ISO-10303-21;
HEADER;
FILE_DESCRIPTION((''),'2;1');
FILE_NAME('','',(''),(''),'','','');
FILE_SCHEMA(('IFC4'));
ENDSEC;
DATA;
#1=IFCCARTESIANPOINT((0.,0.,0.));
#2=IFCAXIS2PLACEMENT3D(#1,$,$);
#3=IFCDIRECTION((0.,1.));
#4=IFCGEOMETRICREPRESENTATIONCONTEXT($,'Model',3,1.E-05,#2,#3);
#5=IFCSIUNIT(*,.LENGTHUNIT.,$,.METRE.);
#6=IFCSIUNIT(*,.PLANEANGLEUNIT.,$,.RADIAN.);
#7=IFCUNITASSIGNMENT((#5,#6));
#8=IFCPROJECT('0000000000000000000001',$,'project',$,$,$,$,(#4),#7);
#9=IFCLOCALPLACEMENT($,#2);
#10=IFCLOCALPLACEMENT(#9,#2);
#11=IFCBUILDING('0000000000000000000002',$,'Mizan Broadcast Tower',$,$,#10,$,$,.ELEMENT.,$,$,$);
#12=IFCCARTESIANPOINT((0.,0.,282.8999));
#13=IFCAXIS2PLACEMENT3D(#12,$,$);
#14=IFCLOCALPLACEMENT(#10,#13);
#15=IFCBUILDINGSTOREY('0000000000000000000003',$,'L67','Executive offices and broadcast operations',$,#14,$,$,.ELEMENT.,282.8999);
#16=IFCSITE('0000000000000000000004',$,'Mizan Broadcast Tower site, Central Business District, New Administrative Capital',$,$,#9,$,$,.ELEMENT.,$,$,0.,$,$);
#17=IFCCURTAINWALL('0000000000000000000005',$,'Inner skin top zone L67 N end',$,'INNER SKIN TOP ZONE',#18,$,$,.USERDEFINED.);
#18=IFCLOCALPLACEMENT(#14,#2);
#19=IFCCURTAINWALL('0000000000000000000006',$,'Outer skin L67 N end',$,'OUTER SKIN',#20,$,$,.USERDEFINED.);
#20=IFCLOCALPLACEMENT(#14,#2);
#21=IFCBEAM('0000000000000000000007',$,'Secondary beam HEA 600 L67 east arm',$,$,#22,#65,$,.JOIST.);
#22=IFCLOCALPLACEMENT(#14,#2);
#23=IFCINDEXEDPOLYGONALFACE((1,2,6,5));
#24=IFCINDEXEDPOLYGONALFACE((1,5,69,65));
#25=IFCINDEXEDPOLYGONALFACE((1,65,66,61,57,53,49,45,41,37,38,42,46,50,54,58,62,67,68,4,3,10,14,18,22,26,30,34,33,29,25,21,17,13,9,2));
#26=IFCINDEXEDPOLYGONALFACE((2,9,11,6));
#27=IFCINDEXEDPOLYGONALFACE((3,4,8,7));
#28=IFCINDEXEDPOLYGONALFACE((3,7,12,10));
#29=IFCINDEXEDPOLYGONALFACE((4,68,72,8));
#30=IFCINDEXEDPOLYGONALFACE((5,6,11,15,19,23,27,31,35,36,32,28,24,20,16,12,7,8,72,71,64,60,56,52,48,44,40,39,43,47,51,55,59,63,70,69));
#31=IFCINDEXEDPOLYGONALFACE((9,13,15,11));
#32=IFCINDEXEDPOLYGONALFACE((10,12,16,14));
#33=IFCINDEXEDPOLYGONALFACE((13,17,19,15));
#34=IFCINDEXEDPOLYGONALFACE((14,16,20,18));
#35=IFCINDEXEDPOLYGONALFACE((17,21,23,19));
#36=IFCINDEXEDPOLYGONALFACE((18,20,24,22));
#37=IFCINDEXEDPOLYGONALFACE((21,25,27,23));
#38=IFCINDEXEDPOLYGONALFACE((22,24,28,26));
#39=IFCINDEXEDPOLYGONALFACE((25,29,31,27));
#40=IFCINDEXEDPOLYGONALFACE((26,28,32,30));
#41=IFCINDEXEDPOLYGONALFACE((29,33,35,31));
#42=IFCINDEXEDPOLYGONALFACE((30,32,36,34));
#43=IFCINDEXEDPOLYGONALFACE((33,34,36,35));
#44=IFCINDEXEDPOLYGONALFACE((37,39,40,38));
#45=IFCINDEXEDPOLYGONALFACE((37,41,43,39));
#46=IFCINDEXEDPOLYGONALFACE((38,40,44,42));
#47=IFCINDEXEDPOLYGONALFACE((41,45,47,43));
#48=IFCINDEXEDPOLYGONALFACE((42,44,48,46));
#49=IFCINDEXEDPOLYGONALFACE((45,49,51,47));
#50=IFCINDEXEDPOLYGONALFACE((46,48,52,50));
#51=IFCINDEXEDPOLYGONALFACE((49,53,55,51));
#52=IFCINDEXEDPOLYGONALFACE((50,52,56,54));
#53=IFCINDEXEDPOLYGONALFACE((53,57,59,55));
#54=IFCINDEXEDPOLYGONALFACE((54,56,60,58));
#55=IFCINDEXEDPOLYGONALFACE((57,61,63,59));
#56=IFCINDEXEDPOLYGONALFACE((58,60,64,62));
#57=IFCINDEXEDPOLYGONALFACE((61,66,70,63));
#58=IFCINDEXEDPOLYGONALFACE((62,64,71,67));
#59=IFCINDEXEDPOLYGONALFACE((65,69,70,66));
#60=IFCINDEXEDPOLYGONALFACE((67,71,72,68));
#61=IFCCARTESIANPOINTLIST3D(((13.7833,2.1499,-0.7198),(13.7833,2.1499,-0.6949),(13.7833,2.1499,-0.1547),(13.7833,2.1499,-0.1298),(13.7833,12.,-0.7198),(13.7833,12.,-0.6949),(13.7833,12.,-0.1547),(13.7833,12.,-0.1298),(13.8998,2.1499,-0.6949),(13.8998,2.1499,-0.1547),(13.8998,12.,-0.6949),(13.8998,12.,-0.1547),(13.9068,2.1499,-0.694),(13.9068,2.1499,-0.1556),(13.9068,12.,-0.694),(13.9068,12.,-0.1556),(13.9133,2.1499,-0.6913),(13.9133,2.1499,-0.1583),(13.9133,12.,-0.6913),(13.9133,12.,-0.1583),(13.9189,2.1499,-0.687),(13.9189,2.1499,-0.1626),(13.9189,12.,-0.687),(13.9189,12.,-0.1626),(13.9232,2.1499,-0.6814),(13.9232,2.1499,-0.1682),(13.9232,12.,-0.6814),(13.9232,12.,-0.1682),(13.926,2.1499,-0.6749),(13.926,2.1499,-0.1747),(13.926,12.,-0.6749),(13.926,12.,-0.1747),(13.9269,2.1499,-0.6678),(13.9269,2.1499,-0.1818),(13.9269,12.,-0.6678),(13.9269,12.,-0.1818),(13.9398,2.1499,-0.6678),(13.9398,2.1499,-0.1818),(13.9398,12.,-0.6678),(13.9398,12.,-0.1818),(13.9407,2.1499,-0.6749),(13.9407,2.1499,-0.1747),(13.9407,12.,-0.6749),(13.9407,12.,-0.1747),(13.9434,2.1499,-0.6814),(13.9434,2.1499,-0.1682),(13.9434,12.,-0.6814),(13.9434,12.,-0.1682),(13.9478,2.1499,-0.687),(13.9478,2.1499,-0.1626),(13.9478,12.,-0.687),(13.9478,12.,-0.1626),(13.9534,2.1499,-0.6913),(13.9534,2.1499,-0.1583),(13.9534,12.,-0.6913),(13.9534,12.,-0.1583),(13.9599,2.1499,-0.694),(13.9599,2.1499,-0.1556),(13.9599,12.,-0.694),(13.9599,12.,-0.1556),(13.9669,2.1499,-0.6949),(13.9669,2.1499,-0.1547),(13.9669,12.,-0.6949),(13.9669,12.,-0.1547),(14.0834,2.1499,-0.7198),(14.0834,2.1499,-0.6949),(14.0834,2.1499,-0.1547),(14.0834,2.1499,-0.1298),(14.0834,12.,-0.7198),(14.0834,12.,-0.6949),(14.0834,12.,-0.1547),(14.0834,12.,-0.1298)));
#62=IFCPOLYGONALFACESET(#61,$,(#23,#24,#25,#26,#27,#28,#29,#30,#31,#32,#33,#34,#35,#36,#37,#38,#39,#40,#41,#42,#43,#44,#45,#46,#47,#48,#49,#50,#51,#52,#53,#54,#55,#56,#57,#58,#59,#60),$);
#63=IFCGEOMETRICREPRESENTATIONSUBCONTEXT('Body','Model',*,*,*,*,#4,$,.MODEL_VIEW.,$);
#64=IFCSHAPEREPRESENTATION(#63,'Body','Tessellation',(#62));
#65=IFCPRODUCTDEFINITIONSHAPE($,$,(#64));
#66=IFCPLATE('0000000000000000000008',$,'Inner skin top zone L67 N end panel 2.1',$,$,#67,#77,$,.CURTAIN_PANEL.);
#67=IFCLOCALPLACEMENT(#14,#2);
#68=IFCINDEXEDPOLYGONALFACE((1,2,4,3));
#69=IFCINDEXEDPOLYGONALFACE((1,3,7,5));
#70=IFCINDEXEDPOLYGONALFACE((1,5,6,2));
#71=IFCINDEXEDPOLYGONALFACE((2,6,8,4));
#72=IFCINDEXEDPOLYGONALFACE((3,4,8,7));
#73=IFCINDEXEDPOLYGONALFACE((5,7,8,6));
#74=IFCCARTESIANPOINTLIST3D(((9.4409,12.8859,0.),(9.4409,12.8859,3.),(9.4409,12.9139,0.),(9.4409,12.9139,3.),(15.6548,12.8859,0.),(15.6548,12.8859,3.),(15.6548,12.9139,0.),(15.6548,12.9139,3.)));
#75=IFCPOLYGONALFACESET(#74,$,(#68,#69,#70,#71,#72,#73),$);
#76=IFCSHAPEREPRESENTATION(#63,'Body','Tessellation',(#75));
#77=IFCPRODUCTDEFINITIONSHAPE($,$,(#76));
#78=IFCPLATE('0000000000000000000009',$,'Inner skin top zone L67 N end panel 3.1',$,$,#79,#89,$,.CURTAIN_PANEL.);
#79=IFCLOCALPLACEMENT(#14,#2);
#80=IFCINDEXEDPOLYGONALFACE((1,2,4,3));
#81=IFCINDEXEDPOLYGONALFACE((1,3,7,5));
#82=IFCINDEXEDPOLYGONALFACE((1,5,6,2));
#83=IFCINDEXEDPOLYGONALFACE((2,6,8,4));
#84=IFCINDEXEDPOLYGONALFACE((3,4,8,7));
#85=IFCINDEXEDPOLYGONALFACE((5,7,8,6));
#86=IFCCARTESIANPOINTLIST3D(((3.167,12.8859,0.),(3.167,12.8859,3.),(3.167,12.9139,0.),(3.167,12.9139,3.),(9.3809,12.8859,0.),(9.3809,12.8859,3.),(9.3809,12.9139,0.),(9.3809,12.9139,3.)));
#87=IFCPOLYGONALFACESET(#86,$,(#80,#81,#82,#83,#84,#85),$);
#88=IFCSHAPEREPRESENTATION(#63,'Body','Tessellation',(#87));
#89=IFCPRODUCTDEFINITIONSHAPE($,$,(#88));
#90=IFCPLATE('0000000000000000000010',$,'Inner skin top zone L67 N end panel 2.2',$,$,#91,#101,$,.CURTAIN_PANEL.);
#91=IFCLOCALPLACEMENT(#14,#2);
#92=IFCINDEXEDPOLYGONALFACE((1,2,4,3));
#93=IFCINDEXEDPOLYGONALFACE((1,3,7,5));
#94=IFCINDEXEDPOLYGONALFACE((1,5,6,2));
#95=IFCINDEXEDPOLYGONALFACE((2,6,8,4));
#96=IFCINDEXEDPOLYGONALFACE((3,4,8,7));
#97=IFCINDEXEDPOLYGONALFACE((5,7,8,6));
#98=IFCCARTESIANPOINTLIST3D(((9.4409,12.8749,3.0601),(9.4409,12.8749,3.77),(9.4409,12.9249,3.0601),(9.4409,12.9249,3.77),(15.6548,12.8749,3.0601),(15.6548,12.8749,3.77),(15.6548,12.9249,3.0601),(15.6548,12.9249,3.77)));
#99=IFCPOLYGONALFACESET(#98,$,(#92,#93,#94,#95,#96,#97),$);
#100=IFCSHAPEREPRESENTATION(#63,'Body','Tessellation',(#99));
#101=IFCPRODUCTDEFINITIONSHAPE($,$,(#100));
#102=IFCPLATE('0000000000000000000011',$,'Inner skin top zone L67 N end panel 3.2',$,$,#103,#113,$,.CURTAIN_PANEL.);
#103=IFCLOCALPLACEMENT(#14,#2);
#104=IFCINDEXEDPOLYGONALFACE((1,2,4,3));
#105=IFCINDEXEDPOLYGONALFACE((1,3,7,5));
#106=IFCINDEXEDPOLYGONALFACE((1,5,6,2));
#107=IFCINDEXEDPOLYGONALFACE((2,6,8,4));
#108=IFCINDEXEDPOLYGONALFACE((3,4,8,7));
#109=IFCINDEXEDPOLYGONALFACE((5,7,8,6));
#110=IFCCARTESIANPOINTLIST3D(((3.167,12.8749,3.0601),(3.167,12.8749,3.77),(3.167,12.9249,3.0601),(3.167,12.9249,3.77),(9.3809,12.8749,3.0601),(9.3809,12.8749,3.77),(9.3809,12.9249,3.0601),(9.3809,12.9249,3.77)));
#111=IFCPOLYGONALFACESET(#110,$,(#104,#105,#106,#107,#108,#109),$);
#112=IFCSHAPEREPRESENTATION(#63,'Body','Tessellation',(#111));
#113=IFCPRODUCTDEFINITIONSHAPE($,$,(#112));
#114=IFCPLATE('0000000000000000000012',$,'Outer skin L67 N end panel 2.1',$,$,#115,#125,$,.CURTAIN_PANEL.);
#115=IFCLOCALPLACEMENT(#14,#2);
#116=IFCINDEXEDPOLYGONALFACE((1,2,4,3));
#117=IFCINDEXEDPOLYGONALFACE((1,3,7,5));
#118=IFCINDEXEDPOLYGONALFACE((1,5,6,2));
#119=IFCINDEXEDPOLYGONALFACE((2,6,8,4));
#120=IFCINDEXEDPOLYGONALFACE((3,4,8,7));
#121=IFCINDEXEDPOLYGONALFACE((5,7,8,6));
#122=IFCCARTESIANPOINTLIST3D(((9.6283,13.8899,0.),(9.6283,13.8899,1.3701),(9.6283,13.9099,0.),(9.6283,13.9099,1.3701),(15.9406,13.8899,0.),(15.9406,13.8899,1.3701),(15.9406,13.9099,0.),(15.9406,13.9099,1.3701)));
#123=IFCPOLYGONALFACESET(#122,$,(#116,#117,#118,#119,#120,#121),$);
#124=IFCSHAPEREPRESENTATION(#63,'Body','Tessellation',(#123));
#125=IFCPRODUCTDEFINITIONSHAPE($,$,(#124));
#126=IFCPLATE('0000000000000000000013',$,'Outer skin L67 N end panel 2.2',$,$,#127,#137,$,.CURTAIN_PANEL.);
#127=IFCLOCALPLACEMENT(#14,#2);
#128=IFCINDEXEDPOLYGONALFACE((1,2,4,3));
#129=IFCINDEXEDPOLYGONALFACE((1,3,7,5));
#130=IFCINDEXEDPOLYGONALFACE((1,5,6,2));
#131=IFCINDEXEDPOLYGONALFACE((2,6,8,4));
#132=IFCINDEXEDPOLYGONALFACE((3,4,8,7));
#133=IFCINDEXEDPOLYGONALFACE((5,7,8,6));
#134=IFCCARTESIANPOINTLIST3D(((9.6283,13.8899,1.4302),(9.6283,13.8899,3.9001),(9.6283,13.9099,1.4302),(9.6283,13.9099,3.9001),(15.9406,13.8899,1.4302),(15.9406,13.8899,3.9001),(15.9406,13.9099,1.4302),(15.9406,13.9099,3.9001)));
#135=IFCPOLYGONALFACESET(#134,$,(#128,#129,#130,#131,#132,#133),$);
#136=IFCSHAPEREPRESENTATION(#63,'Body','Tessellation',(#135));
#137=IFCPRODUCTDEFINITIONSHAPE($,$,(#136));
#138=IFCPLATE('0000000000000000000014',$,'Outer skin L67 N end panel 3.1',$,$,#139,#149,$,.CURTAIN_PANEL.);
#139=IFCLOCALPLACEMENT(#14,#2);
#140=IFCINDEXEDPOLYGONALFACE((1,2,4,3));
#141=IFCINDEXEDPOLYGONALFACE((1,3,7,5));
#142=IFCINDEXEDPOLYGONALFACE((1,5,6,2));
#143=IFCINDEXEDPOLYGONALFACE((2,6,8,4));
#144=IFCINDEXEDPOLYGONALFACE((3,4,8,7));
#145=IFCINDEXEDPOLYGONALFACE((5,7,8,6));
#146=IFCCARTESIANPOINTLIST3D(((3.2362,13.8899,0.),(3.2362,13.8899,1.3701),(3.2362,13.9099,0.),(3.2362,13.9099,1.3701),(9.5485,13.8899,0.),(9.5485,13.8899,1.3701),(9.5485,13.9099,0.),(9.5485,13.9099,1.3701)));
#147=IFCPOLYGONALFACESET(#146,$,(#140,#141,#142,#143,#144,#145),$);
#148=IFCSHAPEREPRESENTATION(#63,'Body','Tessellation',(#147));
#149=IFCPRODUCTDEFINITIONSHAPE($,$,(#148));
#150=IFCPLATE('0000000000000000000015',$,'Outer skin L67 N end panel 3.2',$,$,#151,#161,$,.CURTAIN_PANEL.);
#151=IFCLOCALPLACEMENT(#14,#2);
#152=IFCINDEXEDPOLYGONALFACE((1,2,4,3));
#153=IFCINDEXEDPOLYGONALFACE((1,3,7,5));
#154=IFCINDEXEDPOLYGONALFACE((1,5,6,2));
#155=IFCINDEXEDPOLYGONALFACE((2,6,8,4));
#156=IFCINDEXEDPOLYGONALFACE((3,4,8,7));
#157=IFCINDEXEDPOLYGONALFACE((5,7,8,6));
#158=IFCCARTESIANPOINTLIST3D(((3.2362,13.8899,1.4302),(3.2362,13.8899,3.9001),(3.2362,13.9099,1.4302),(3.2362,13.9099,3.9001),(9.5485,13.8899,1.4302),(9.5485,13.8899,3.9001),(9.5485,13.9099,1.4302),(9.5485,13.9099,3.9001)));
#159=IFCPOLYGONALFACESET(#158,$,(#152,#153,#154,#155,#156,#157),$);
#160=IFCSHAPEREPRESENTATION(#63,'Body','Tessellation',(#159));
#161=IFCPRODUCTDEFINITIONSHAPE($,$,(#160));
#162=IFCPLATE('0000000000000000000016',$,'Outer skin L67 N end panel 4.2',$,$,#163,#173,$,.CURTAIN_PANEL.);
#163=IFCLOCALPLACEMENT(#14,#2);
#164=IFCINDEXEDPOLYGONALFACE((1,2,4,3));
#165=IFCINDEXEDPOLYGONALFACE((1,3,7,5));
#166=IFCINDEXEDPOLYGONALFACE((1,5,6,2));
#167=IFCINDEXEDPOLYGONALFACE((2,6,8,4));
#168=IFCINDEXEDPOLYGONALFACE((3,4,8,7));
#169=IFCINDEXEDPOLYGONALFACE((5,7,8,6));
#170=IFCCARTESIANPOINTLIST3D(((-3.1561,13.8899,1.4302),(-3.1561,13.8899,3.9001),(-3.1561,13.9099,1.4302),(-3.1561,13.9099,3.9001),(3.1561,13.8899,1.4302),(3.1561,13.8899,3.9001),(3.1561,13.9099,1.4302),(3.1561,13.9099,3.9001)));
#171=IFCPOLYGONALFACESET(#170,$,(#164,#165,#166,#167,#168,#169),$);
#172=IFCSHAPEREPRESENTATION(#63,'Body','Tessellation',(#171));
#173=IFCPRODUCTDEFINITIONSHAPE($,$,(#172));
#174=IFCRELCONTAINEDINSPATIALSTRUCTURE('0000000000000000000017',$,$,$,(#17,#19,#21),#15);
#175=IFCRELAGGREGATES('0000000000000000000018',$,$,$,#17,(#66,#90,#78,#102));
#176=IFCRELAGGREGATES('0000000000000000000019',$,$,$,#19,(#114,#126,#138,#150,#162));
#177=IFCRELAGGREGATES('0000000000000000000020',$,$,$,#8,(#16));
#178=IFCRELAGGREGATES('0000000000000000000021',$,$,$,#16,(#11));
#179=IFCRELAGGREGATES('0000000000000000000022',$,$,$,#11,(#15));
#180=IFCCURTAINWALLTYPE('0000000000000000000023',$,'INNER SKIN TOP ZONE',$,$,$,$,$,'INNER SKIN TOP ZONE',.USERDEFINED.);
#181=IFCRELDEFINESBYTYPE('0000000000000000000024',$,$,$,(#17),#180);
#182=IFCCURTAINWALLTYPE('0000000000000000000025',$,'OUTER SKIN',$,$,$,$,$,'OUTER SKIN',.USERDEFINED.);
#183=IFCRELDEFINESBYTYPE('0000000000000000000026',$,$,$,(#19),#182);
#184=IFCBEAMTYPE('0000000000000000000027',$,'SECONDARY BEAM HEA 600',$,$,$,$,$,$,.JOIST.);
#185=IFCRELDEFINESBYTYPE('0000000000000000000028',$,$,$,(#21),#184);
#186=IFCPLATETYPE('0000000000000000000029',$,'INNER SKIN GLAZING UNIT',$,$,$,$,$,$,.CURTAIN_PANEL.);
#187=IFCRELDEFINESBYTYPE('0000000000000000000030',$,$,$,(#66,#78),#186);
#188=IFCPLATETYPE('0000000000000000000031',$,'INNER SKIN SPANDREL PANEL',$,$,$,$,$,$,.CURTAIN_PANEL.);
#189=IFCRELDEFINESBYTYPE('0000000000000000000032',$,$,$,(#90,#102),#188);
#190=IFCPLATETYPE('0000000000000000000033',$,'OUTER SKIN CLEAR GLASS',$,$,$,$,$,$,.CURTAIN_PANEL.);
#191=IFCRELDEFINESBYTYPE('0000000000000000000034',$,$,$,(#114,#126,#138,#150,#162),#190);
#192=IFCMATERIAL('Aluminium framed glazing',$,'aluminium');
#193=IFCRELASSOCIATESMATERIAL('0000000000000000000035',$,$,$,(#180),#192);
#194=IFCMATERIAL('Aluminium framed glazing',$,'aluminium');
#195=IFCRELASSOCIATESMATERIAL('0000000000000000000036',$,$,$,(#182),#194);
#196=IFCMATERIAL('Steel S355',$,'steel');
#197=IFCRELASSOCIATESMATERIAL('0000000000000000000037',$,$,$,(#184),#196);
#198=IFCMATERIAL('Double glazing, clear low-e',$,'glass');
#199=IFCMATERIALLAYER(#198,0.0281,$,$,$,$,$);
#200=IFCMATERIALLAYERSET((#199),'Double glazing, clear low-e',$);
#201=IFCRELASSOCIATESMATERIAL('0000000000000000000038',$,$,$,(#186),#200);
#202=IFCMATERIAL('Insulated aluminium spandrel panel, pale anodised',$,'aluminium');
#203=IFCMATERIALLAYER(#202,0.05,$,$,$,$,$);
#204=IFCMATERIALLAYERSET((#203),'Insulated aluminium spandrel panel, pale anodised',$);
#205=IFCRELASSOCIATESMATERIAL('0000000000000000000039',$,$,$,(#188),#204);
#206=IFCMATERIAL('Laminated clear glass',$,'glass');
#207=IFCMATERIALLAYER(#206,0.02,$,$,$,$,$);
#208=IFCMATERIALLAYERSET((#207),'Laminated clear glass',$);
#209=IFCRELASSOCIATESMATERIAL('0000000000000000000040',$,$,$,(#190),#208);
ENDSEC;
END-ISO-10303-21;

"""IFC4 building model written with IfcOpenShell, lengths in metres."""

from ifc_helpers import new_model, si_unit, direction, frame, origin, origin_2d, place, context, subcontext, project, spatial, rectangle, i_section, extrude, material, layer, layer_set, material_profile, profile_set, type_object, element, aggregate, save


model = new_model("IFC4")

# Units and contexts
model_context = context("Model", 3, precision=1e-05, world=origin(), true_north=direction((0.0, 1.0)))
body_context = subcontext(model_context, "Body", "Model", "MODEL_VIEW")
ifc_project = project(units=[si_unit("LENGTHUNIT", "METRE"), si_unit("PLANEANGLEUNIT", "RADIAN")], contexts=[model_context])

# Site, building, storey
site_placement = place(None, origin())
site = spatial("IfcSite", under=ifc_project, at=site_placement, Name="Mizan Broadcast Tower site, Central Business District, New Administrative Capital", CompositionType="ELEMENT", RefElevation=0.0)
building_placement = place(site_placement, origin())
building = spatial("IfcBuilding", under=site, at=building_placement, Name="Mizan Broadcast Tower", CompositionType="ELEMENT")
storey_placement = place(building_placement, frame((0.0, 0.0, 282.8999)))
storey = spatial("IfcBuildingStorey", under=building, at=storey_placement, Name="L67", Description="Executive offices and broadcast operations", CompositionType="ELEMENT", Elevation=282.8999)

# Curtain walls
ifc_material_1 = material(Name="Aluminium framed glazing", Category="aluminium")
curtain_wall_type_1 = type_object("IfcCurtainWallType", Name="INNER SKIN TOP ZONE", ElementType="INNER SKIN TOP ZONE", PredefinedType="USERDEFINED", material=ifc_material_1)
curtain_wall_1_placement = place(storey_placement, origin())
curtain_wall_1 = element("IfcCurtainWall", 1, at=curtain_wall_1_placement, inside=storey, type_object=curtain_wall_type_1, Name="Inner skin top zone L67 N end", ObjectType="INNER SKIN TOP ZONE", PredefinedType="USERDEFINED")
ifc_material_2 = material(Name="Aluminium framed glazing", Category="aluminium")
curtain_wall_type_2 = type_object("IfcCurtainWallType", Name="OUTER SKIN", ElementType="OUTER SKIN", PredefinedType="USERDEFINED", material=ifc_material_2)
curtain_wall_2_placement = place(storey_placement, origin())
curtain_wall_2 = element("IfcCurtainWall", 2, at=curtain_wall_2_placement, inside=storey, type_object=curtain_wall_type_2, Name="Outer skin L67 N end", ObjectType="OUTER SKIN", PredefinedType="USERDEFINED")

# Beam
ifc_material_3 = material(Name="Steel S355", Category="steel")
ifc_material_profile_1 = material_profile(ifc_material_3, i_section(OverallWidth=0.3, OverallDepth=0.5901, WebThickness=0.0129, FlangeThickness=0.0249, FilletRadius=0.0271, at=origin_2d()), Name="HEA 600")
ifc_profile_set_1 = profile_set([ifc_material_profile_1], Name="Steel S355")
beam_type_1 = type_object("IfcBeamType", Name="SECONDARY BEAM HEA 600", PredefinedType="JOIST", material=ifc_profile_set_1)
beam_1_placement = place(storey_placement, frame((13.9333, 12.0, -0.4248), z_axis=(0.0, -1.0, 0.0), x_axis=(1.0, 0.0, 0.0)))
element("IfcBeam", 3, at=beam_1_placement, inside=storey, type_object=beam_type_1, Name="Secondary beam HEA 600 L67 east arm", PredefinedType="JOIST", context=body_context, shape_type="SweptSolid", body=[
    extrude(i_section(OverallWidth=0.3, OverallDepth=0.5901, WebThickness=0.0129, FlangeThickness=0.0249, FilletRadius=0.0271, at=origin_2d()), origin(), (0.0, 0.0, 1.0), 9.8501),
])

# Plates
ifc_material_4 = material(Name="Double glazing, clear low-e", Category="glass")
ifc_layer_1 = layer(ifc_material_4, 0.0281)
ifc_layer_set_1 = layer_set([ifc_layer_1], Name="Double glazing, clear low-e")
plate_type_1 = type_object("IfcPlateType", Name="INNER SKIN GLAZING UNIT", PredefinedType="CURTAIN_PANEL", material=ifc_layer_set_1)
plate_1_placement = place(storey_placement, frame((12.5479, 12.8999, 0.0), z_axis=(0.0, 0.0, 1.0), x_axis=(-1.0, 0.0, 0.0)))
plate_1 = element("IfcPlate", 4, at=plate_1_placement, type_object=plate_type_1, Name="Inner skin top zone L67 N end panel 2.1", PredefinedType="CURTAIN_PANEL", context=body_context, shape_type="SweptSolid", body=[
    extrude(rectangle(XDim=6.2139, YDim=0.0281, at=origin_2d()), origin(), (0.0, 0.0, 1.0), 3.0),
])
plate_2_placement = place(storey_placement, frame((6.2739, 12.8999, 0.0), z_axis=(0.0, 0.0, 1.0), x_axis=(-1.0, 0.0, 0.0)))
plate_2 = element("IfcPlate", 5, at=plate_2_placement, type_object=plate_type_1, Name="Inner skin top zone L67 N end panel 3.1", PredefinedType="CURTAIN_PANEL", context=body_context, shape_type="SweptSolid", body=[
    extrude(rectangle(XDim=6.2139, YDim=0.0281, at=origin_2d()), origin(), (0.0, 0.0, 1.0), 3.0),
])
ifc_material_5 = material(Name="Insulated aluminium spandrel panel, pale anodised", Category="aluminium")
ifc_layer_2 = layer(ifc_material_5, 0.05)
ifc_layer_set_2 = layer_set([ifc_layer_2], Name="Insulated aluminium spandrel panel, pale anodised")
plate_type_2 = type_object("IfcPlateType", Name="INNER SKIN SPANDREL PANEL", PredefinedType="CURTAIN_PANEL", material=ifc_layer_set_2)
plate_3_placement = place(storey_placement, frame((12.5479, 12.8999, 3.0601), z_axis=(0.0, 0.0, 1.0), x_axis=(-1.0, 0.0, 0.0)))
plate_3 = element("IfcPlate", 6, at=plate_3_placement, type_object=plate_type_2, Name="Inner skin top zone L67 N end panel 2.2", PredefinedType="CURTAIN_PANEL", context=body_context, shape_type="SweptSolid", body=[
    extrude(rectangle(XDim=6.2139, YDim=0.05, at=origin_2d()), origin(), (0.0, 0.0, 1.0), 0.71),
])
plate_4_placement = place(storey_placement, frame((6.2739, 12.8999, 3.0601), z_axis=(0.0, 0.0, 1.0), x_axis=(-1.0, 0.0, 0.0)))
plate_4 = element("IfcPlate", 7, at=plate_4_placement, type_object=plate_type_2, Name="Inner skin top zone L67 N end panel 3.2", PredefinedType="CURTAIN_PANEL", context=body_context, shape_type="SweptSolid", body=[
    extrude(rectangle(XDim=6.2139, YDim=0.05, at=origin_2d()), origin(), (0.0, 0.0, 1.0), 0.71),
])
aggregate(curtain_wall_1, [plate_1, plate_3, plate_2, plate_4])
ifc_material_6 = material(Name="Laminated clear glass", Category="glass")
ifc_layer_3 = layer(ifc_material_6, 0.02)
ifc_layer_set_3 = layer_set([ifc_layer_3], Name="Laminated clear glass")
plate_type_3 = type_object("IfcPlateType", Name="OUTER SKIN CLEAR GLASS", PredefinedType="CURTAIN_PANEL", material=ifc_layer_set_3)
plate_5_placement = place(storey_placement, frame((12.7844, 13.8999, 0.0), z_axis=(0.0, 0.0, 1.0), x_axis=(-1.0, 0.0, 0.0)))
plate_5 = element("IfcPlate", 8, at=plate_5_placement, type_object=plate_type_3, Name="Outer skin L67 N end panel 2.1", PredefinedType="CURTAIN_PANEL", context=body_context, shape_type="SweptSolid", body=[
    extrude(rectangle(XDim=6.3123, YDim=0.02, at=origin_2d()), origin(), (0.0, 0.0, 1.0), 1.3701),
])
plate_6_placement = place(storey_placement, frame((12.7844, 13.8999, 1.4302), z_axis=(0.0, 0.0, 1.0), x_axis=(-1.0, 0.0, 0.0)))
plate_6 = element("IfcPlate", 9, at=plate_6_placement, type_object=plate_type_3, Name="Outer skin L67 N end panel 2.2", PredefinedType="CURTAIN_PANEL", context=body_context, shape_type="SweptSolid", body=[
    extrude(rectangle(XDim=6.3123, YDim=0.02, at=origin_2d()), origin(), (0.0, 0.0, 1.0), 2.47),
])
plate_7_placement = place(storey_placement, frame((6.3923, 13.8999, 0.0), z_axis=(0.0, 0.0, 1.0), x_axis=(-1.0, 0.0, 0.0)))
plate_7 = element("IfcPlate", 10, at=plate_7_placement, type_object=plate_type_3, Name="Outer skin L67 N end panel 3.1", PredefinedType="CURTAIN_PANEL", context=body_context, shape_type="SweptSolid", body=[
    extrude(rectangle(XDim=6.3123, YDim=0.02, at=origin_2d()), origin(), (0.0, 0.0, 1.0), 1.3701),
])
plate_8_placement = place(storey_placement, frame((6.3923, 13.8999, 1.4302), z_axis=(0.0, 0.0, 1.0), x_axis=(-1.0, 0.0, 0.0)))
plate_8 = element("IfcPlate", 11, at=plate_8_placement, type_object=plate_type_3, Name="Outer skin L67 N end panel 3.2", PredefinedType="CURTAIN_PANEL", context=body_context, shape_type="SweptSolid", body=[
    extrude(rectangle(XDim=6.3123, YDim=0.02, at=origin_2d()), origin(), (0.0, 0.0, 1.0), 2.47),
])
plate_9_placement = place(storey_placement, frame((0.0, 13.8999, 1.4302), z_axis=(0.0, 0.0, 1.0), x_axis=(-1.0, 0.0, 0.0)))
plate_9 = element("IfcPlate", 12, at=plate_9_placement, type_object=plate_type_3, Name="Outer skin L67 N end panel 4.2", PredefinedType="CURTAIN_PANEL", context=body_context, shape_type="SweptSolid", body=[
    extrude(rectangle(XDim=6.3123, YDim=0.02, at=origin_2d()), origin(), (0.0, 0.0, 1.0), 2.47),
])
aggregate(curtain_wall_2, [plate_5, plate_6, plate_7, plate_8, plate_9])

save(model, "model.ifc")
